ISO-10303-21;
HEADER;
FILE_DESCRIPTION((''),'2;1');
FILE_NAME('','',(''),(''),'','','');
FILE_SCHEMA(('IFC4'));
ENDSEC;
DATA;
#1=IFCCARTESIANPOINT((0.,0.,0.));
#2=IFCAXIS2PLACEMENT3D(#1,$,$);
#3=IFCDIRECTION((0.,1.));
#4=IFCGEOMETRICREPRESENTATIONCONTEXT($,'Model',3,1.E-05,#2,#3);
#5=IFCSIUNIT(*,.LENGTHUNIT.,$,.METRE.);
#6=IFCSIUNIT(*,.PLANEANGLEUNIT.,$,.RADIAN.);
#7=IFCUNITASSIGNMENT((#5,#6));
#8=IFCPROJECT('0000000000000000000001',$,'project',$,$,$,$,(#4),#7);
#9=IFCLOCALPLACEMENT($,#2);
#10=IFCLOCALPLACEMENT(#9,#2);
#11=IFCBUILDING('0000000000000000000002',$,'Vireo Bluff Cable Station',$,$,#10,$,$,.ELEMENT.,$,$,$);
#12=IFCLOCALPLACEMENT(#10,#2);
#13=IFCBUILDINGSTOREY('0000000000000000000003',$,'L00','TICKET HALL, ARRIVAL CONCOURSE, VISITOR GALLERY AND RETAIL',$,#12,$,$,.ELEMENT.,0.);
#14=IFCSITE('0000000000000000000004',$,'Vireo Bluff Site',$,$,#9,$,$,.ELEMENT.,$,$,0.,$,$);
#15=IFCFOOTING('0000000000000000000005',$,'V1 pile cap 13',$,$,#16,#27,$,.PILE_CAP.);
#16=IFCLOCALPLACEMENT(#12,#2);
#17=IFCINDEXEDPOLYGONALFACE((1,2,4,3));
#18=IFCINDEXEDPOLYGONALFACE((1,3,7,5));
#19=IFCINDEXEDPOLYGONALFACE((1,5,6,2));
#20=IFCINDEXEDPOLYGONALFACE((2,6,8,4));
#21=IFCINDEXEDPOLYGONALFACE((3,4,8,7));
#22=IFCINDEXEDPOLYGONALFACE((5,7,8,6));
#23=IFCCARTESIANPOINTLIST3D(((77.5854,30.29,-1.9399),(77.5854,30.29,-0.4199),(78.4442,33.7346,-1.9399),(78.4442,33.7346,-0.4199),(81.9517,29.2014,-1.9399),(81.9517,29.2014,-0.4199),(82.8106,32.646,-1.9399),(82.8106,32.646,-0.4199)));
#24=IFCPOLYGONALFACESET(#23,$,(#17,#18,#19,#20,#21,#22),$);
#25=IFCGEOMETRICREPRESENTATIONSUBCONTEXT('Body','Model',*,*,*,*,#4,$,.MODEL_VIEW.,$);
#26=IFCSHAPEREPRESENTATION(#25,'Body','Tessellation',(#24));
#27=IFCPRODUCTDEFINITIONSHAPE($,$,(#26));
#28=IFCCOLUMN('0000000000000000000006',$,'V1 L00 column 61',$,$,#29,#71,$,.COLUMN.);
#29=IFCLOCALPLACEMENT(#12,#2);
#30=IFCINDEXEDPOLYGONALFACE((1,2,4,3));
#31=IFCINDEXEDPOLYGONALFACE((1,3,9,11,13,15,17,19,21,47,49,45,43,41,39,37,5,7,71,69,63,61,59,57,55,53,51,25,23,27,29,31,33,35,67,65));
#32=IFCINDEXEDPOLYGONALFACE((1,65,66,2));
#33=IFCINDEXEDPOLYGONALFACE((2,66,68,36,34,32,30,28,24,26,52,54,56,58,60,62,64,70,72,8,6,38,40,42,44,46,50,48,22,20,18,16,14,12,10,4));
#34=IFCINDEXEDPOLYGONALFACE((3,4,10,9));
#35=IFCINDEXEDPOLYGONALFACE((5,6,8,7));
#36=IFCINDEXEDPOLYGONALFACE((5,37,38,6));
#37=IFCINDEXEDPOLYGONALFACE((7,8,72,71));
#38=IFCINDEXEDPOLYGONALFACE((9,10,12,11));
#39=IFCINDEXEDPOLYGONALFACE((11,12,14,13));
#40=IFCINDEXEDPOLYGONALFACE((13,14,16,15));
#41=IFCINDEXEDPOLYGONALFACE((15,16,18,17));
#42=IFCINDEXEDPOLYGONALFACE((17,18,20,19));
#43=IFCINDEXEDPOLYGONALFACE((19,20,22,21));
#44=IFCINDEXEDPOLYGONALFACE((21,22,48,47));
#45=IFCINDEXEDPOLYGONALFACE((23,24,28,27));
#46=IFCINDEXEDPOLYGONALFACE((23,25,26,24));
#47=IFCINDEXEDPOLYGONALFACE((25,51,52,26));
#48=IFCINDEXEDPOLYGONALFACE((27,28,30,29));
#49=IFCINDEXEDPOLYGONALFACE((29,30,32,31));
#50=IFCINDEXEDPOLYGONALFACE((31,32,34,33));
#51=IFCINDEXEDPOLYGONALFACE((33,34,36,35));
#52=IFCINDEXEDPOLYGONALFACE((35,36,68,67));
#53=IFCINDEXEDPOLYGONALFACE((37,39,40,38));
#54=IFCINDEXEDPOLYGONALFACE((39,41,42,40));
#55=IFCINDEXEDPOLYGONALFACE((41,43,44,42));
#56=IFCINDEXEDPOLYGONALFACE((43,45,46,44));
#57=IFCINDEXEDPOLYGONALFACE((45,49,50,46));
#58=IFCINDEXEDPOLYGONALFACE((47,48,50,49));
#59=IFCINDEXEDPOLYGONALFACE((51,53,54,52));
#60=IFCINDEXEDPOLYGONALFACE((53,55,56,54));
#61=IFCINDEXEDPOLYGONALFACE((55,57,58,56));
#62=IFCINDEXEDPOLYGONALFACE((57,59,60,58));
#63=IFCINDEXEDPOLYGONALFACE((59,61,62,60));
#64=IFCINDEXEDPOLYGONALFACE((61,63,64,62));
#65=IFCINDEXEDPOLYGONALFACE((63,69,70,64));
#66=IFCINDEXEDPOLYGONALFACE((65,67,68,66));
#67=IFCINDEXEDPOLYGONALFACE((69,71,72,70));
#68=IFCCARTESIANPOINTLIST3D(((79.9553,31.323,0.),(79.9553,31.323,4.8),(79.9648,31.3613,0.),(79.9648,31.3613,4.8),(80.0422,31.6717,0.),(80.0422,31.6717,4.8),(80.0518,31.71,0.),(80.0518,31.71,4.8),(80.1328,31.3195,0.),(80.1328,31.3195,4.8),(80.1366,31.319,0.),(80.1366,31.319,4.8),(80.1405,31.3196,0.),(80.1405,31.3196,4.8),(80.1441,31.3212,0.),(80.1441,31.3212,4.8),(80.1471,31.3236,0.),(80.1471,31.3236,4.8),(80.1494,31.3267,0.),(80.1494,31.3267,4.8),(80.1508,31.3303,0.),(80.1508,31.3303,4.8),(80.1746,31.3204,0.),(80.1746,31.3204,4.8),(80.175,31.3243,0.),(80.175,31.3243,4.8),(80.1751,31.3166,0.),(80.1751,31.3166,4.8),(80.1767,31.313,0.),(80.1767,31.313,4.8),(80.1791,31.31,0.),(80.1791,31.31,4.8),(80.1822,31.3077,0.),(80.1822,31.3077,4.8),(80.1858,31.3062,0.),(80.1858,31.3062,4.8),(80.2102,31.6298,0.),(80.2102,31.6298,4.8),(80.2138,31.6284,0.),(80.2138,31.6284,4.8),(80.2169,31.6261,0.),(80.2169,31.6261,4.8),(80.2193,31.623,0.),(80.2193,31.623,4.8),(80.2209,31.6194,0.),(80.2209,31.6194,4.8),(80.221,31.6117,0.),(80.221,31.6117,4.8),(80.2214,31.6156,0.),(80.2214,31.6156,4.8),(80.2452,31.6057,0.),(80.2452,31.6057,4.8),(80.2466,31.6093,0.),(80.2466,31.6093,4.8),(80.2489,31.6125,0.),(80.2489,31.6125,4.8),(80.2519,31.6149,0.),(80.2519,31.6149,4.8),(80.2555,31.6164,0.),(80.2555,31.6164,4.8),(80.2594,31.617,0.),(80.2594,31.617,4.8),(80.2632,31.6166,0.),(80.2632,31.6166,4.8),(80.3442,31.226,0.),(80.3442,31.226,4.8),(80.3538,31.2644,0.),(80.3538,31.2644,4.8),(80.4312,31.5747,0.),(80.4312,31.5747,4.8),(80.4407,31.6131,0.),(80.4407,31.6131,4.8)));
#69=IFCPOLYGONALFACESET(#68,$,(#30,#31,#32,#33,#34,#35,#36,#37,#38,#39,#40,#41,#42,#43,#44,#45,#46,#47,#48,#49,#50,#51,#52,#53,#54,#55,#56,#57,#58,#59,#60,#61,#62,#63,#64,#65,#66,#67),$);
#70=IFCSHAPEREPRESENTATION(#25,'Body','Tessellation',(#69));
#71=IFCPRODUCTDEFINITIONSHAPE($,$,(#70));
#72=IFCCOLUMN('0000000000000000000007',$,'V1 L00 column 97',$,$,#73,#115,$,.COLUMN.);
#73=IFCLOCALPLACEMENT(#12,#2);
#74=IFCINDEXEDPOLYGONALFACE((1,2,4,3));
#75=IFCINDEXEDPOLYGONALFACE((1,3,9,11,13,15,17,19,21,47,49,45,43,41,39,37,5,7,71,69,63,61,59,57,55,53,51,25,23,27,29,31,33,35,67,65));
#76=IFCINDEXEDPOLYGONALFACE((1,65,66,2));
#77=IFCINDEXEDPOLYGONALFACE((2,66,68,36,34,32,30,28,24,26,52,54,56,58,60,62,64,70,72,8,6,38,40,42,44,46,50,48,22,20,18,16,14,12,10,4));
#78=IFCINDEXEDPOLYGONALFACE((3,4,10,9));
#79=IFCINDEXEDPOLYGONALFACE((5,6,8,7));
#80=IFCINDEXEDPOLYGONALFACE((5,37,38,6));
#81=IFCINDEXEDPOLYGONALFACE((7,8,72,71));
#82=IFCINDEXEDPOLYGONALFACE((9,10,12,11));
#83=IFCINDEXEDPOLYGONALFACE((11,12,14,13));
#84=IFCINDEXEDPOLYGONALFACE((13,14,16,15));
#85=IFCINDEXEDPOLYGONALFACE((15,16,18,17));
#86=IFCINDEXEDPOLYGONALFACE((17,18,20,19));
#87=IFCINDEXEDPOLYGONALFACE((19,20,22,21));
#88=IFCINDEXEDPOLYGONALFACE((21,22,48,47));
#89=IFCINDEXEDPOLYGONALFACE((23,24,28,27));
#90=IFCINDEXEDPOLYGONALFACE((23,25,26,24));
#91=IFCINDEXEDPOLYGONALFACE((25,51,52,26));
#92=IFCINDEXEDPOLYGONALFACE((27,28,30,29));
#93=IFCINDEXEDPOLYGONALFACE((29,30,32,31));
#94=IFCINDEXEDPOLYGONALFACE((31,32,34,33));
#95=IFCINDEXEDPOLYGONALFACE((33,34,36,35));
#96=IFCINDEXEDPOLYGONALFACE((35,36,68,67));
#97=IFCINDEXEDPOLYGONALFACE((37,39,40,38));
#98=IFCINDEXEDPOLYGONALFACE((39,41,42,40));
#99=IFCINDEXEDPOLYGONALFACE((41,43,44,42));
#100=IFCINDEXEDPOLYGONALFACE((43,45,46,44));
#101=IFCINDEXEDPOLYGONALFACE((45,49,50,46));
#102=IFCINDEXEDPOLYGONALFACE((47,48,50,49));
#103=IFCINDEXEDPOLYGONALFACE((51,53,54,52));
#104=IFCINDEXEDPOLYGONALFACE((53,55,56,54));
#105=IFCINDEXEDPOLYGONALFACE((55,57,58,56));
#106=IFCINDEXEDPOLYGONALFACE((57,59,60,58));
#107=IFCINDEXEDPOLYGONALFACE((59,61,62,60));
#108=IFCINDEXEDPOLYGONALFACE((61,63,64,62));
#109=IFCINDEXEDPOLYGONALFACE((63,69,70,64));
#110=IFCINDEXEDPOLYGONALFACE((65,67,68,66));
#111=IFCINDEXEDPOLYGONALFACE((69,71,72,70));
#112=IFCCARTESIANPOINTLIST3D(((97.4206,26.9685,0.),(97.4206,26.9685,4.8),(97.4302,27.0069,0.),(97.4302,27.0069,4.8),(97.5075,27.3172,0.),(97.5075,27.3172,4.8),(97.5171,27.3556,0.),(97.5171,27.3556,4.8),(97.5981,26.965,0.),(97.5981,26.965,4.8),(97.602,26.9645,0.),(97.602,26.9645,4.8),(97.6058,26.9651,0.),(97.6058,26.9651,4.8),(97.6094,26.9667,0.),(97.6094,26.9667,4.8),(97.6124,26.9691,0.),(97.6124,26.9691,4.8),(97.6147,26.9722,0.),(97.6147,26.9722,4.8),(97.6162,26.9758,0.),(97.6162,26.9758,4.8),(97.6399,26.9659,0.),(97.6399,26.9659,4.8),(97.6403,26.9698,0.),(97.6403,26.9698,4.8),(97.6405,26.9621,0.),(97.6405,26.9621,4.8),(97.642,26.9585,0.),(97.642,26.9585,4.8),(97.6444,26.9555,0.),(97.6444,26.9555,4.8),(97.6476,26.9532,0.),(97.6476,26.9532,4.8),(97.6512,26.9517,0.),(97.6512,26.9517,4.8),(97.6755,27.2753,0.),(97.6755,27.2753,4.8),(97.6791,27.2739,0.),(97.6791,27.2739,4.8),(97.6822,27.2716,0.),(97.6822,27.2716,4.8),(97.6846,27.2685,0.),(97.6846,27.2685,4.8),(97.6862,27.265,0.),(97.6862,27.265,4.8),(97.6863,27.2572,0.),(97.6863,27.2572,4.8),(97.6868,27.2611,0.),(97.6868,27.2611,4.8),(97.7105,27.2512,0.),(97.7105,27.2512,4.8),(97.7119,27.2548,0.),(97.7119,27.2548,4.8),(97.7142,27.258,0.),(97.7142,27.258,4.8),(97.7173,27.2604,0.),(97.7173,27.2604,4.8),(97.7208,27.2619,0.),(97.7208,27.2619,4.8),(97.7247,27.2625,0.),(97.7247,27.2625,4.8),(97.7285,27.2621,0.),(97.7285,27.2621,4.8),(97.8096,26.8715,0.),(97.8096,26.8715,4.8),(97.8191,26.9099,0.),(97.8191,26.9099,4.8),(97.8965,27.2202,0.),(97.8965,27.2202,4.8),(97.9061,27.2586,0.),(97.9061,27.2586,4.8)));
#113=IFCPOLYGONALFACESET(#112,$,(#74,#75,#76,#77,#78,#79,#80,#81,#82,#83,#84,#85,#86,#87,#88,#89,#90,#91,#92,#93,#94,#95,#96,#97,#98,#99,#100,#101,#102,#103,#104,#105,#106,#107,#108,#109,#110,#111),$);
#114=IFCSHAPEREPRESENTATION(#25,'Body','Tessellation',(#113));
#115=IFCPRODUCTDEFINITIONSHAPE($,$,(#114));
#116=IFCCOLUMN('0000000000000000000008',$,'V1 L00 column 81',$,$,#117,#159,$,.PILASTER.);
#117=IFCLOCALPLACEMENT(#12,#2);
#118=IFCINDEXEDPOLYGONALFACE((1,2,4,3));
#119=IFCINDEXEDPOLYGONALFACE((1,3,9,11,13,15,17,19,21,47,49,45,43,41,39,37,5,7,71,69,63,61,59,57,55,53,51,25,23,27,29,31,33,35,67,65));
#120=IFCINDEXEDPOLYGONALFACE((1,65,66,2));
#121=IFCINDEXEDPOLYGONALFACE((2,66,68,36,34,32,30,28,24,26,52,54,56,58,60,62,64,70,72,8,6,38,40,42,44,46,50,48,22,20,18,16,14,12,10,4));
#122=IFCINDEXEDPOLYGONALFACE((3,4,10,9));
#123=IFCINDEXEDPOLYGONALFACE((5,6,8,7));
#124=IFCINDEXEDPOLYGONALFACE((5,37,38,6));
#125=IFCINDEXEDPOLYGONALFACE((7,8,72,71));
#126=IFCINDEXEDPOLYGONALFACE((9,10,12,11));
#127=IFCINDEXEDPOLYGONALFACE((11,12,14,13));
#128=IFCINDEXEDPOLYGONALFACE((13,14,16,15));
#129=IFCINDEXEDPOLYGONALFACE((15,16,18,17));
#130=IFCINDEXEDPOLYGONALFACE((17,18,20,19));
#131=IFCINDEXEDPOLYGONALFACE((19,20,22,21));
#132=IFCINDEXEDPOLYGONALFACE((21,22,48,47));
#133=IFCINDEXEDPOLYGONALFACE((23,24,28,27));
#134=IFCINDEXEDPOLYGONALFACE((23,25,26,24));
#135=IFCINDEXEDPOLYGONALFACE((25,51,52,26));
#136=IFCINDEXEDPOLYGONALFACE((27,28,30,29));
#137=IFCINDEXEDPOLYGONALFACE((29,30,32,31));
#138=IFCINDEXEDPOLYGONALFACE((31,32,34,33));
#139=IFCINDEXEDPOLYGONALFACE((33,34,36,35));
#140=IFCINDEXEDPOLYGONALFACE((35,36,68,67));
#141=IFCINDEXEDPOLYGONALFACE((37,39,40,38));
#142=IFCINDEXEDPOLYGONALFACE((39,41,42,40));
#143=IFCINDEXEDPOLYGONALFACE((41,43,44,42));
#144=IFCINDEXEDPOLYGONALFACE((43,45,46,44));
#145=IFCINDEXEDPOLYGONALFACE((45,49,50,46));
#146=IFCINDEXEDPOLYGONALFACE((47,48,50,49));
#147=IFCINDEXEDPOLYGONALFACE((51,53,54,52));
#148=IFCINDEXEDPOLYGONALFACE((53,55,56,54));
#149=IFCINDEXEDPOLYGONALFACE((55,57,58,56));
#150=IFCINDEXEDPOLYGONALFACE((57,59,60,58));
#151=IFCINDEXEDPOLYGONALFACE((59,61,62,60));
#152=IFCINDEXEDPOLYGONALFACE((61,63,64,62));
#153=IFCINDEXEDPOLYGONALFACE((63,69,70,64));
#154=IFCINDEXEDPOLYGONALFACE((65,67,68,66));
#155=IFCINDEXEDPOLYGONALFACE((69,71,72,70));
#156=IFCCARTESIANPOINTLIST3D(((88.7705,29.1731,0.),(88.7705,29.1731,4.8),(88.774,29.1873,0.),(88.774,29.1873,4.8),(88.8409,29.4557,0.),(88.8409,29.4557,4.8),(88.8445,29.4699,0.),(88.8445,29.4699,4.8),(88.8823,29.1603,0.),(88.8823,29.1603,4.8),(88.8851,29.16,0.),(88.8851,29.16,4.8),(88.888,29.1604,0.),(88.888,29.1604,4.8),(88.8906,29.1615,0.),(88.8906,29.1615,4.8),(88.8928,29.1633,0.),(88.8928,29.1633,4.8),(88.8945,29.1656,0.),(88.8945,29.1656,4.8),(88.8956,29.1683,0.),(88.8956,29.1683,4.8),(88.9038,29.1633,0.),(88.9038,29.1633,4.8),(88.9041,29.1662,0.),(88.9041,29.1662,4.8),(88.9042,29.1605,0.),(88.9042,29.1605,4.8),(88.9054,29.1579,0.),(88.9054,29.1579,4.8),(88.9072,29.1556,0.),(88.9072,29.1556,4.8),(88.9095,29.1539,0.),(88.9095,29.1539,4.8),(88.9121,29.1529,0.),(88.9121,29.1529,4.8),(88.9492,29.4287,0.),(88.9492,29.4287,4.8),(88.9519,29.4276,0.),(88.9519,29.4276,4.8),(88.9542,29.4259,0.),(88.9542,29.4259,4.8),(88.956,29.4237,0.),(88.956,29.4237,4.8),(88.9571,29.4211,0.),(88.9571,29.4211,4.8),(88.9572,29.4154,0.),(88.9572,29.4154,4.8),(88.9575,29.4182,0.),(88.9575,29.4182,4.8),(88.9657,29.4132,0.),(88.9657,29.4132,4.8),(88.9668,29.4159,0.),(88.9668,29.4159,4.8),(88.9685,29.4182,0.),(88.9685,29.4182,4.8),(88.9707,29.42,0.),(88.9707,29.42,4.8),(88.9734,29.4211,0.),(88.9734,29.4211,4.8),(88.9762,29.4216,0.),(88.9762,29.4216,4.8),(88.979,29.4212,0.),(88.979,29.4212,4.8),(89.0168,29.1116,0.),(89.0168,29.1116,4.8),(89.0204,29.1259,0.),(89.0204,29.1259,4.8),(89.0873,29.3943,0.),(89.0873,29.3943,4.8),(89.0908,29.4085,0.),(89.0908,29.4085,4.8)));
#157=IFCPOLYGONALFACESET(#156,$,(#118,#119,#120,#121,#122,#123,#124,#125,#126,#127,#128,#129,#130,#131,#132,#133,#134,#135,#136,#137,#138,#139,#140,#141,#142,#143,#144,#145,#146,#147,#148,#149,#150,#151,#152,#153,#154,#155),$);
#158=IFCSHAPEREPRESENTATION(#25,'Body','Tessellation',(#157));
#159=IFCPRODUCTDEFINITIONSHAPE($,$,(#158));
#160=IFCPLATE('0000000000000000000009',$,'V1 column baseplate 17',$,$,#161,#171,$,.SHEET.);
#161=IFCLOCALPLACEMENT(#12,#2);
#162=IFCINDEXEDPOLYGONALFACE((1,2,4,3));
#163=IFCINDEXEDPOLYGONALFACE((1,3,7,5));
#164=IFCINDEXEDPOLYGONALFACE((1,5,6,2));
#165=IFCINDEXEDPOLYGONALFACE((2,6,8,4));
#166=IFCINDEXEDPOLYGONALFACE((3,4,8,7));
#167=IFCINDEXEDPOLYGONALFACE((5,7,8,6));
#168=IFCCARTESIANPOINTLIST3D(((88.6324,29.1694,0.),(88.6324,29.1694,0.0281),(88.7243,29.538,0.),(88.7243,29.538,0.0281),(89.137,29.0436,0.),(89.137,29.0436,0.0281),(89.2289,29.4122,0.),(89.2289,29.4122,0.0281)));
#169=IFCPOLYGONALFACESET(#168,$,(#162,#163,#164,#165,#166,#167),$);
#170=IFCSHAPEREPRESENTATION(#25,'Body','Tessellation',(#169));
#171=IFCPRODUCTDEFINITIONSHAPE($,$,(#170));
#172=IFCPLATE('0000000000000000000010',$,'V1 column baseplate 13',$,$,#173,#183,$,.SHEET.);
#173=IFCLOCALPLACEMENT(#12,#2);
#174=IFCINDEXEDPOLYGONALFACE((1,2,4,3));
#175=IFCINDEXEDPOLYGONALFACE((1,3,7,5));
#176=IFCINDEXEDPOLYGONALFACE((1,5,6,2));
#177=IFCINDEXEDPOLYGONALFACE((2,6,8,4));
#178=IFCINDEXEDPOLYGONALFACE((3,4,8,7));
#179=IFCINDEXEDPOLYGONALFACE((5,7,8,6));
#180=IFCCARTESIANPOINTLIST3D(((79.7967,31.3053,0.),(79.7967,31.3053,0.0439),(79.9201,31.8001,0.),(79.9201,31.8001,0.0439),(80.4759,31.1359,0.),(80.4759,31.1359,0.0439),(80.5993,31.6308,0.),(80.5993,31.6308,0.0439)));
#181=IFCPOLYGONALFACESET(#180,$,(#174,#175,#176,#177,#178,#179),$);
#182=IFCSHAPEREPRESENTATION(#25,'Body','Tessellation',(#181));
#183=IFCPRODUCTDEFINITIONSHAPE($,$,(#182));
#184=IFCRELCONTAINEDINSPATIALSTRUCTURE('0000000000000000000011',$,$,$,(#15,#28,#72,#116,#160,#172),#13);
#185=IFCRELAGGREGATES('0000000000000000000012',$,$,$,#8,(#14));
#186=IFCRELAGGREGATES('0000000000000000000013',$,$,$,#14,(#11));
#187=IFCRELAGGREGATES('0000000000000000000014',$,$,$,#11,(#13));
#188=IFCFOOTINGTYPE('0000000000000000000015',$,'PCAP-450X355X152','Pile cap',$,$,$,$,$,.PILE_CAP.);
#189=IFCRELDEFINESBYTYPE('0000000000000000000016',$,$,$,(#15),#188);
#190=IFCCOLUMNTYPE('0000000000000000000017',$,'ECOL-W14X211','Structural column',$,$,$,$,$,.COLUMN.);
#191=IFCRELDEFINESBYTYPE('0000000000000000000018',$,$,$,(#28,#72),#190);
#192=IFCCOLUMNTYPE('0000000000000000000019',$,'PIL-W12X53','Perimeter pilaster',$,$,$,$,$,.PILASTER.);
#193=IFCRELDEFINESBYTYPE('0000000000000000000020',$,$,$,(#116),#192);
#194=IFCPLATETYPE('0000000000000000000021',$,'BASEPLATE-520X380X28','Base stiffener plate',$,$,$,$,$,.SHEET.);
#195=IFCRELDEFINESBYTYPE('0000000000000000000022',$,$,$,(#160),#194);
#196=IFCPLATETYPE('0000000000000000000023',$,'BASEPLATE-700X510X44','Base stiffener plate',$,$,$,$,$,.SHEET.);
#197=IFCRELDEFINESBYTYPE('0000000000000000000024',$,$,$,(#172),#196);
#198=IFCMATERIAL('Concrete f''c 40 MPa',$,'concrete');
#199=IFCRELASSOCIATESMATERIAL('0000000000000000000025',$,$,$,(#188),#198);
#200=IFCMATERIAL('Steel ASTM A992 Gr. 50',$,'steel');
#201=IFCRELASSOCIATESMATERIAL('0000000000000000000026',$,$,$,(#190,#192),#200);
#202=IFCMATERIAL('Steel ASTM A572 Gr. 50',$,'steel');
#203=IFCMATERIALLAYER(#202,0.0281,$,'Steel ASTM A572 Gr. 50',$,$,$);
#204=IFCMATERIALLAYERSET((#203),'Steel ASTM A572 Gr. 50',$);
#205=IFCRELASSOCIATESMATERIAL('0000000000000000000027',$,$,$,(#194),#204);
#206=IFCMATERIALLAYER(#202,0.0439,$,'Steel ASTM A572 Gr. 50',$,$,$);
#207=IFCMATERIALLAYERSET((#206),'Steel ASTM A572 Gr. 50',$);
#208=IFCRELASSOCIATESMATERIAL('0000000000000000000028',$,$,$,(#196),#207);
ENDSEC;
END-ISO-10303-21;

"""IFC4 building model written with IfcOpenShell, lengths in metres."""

from ifc_helpers import new_model, si_unit, direction, frame, origin, origin_2d, place, context, subcontext, project, spatial, rectangle, i_section, extrude, material, layer, layer_set, material_profile, profile_set, type_object, element, save


model = new_model("IFC4")

# Units and contexts
model_context = context("Model", 3, precision=1e-05, world=origin(), true_north=direction((0.0, 1.0)))
body_context = subcontext(model_context, "Body", "Model", "MODEL_VIEW")
ifc_project = project(units=[si_unit("LENGTHUNIT", "METRE"), si_unit("PLANEANGLEUNIT", "RADIAN")], contexts=[model_context])

# Site, building, storey
site_placement = place(None, origin())
site = spatial("IfcSite", under=ifc_project, at=site_placement, Name="Vireo Bluff Site", CompositionType="ELEMENT", RefElevation=0.0)
building_placement = place(site_placement, origin())
building = spatial("IfcBuilding", under=site, at=building_placement, Name="Vireo Bluff Cable Station", CompositionType="ELEMENT")
storey_placement = place(building_placement, origin())
storey = spatial("IfcBuildingStorey", under=building, at=storey_placement, Name="L00", Description="TICKET HALL, ARRIVAL CONCOURSE, VISITOR GALLERY AND RETAIL", CompositionType="ELEMENT", Elevation=0.0)

# Footing
ifc_material_1 = material(Name="Concrete f'c 40 MPa", Category="concrete")
footing_type_1 = type_object("IfcFootingType", Name="PCAP-450X355X152", Description="Pile cap", PredefinedType="PILE_CAP", material=ifc_material_1)
footing_1_placement = place(storey_placement, frame((80.198, 31.468, -1.9399), z_axis=(0.0, 0.0, 1.0), x_axis=(0.970296, -0.241922, 0.0)))
element("IfcFooting", 1, at=footing_1_placement, inside=storey, type_object=footing_type_1, Name="V1 pile cap 13", PredefinedType="PILE_CAP", context=body_context, shape_type="SweptSolid", body=[
    extrude(rectangle(XDim=4.5, YDim=3.55, at=origin_2d()), origin(), (0.0, 0.0, 1.0), 1.52),
])

# Columns
ifc_material_2 = material(Name="Steel ASTM A992 Gr. 50", Category="steel")
ifc_material_profile_1 = material_profile(ifc_material_2, i_section(OverallWidth=0.4009, OverallDepth=0.3989, WebThickness=0.0249, FlangeThickness=0.0396, FilletRadius=0.0149, at=origin_2d()), Name="W14X211")
ifc_profile_set_1 = profile_set([ifc_material_profile_1], Name="Steel ASTM A992 Gr. 50")
column_type_1 = type_object("IfcColumnType", Name="ECOL-W14X211", Description="Structural column", PredefinedType="COLUMN", material=ifc_profile_set_1)
for number, where, z_axis, x_axis, name in (
    (2, (80.198, 31.468, 0.0), (0.0, 0.0, 1.0), (0.970296, -0.241922, 0.0), "V1 L00 column 61"),
    (3, (97.6633, 27.1135, 0.0), (0.0, 0.0, 1.0), (0.970296, -0.241922, 0.0), "V1 L00 column 97"),
):
    element("IfcColumn", number, at=place(storey_placement, frame(where, z_axis=z_axis, x_axis=x_axis)), inside=storey, type_object=column_type_1, Name=name, PredefinedType="COLUMN", context=body_context, shape_type="SweptSolid", body=[
        extrude(i_section(OverallWidth=0.4009, OverallDepth=0.3989, WebThickness=0.0249, FlangeThickness=0.0396, FilletRadius=0.0149, at=origin_2d()), origin(), (0.0, 0.0, 1.0), 4.8),
    ])
ifc_material_profile_2 = material_profile(ifc_material_2, i_section(OverallWidth=0.2539, OverallDepth=0.3059, WebThickness=0.0088, FlangeThickness=0.0146, FilletRadius=0.011, at=origin_2d()), Name="W12X53")
ifc_profile_set_2 = profile_set([ifc_material_profile_2], Name="Steel ASTM A992 Gr. 50")
column_type_2 = type_object("IfcColumnType", Name="PIL-W12X53", Description="Perimeter pilaster", PredefinedType="PILASTER", material=ifc_profile_set_2)
column_placement = place(storey_placement, frame((88.9307, 29.2908, 0.0), z_axis=(0.0, 0.0, 1.0), x_axis=(0.970296, -0.241922, 0.0)))
element("IfcColumn", 4, at=column_placement, inside=storey, type_object=column_type_2, Name="V1 L00 column 81", PredefinedType="PILASTER", context=body_context, shape_type="SweptSolid", body=[
    extrude(i_section(OverallWidth=0.2539, OverallDepth=0.3059, WebThickness=0.0088, FlangeThickness=0.0146, FilletRadius=0.011, at=origin_2d()), origin(), (0.0, 0.0, 1.0), 4.8),
])

# Plates
ifc_material_3 = material(Name="Steel ASTM A572 Gr. 50", Category="steel")
ifc_layer_1 = layer(ifc_material_3, 0.0281, Name="Steel ASTM A572 Gr. 50")
ifc_layer_set_1 = layer_set([ifc_layer_1], Name="Steel ASTM A572 Gr. 50")
plate_type_1 = type_object("IfcPlateType", Name="BASEPLATE-520X380X28", Description="Base stiffener plate", PredefinedType="SHEET", material=ifc_layer_set_1)
plate_1_placement = place(storey_placement, frame((88.9307, 29.2908, 0.0), z_axis=(0.0, 0.0, 1.0), x_axis=(0.970296, -0.241922, 0.0)))
element("IfcPlate", 5, at=plate_1_placement, inside=storey, type_object=plate_type_1, Name="V1 column baseplate 17", PredefinedType="SHEET", context=body_context, shape_type="SweptSolid", body=[
    extrude(rectangle(XDim=0.52, YDim=0.3799, at=origin_2d()), origin(), (0.0, 0.0, 1.0), 0.0281),
])
ifc_layer_2 = layer(ifc_material_3, 0.0439, Name="Steel ASTM A572 Gr. 50")
ifc_layer_set_2 = layer_set([ifc_layer_2], Name="Steel ASTM A572 Gr. 50")
plate_type_2 = type_object("IfcPlateType", Name="BASEPLATE-700X510X44", Description="Base stiffener plate", PredefinedType="SHEET", material=ifc_layer_set_2)
plate_2_placement = place(storey_placement, frame((80.198, 31.468, 0.0), z_axis=(0.0, 0.0, 1.0), x_axis=(0.970296, -0.241922, 0.0)))
element("IfcPlate", 6, at=plate_2_placement, inside=storey, type_object=plate_type_2, Name="V1 column baseplate 13", PredefinedType="SHEET", context=body_context, shape_type="SweptSolid", body=[
    extrude(rectangle(XDim=0.7, YDim=0.51, at=origin_2d()), origin(), (0.0, 0.0, 1.0), 0.0439),
])

save(model, "model.ifc")
